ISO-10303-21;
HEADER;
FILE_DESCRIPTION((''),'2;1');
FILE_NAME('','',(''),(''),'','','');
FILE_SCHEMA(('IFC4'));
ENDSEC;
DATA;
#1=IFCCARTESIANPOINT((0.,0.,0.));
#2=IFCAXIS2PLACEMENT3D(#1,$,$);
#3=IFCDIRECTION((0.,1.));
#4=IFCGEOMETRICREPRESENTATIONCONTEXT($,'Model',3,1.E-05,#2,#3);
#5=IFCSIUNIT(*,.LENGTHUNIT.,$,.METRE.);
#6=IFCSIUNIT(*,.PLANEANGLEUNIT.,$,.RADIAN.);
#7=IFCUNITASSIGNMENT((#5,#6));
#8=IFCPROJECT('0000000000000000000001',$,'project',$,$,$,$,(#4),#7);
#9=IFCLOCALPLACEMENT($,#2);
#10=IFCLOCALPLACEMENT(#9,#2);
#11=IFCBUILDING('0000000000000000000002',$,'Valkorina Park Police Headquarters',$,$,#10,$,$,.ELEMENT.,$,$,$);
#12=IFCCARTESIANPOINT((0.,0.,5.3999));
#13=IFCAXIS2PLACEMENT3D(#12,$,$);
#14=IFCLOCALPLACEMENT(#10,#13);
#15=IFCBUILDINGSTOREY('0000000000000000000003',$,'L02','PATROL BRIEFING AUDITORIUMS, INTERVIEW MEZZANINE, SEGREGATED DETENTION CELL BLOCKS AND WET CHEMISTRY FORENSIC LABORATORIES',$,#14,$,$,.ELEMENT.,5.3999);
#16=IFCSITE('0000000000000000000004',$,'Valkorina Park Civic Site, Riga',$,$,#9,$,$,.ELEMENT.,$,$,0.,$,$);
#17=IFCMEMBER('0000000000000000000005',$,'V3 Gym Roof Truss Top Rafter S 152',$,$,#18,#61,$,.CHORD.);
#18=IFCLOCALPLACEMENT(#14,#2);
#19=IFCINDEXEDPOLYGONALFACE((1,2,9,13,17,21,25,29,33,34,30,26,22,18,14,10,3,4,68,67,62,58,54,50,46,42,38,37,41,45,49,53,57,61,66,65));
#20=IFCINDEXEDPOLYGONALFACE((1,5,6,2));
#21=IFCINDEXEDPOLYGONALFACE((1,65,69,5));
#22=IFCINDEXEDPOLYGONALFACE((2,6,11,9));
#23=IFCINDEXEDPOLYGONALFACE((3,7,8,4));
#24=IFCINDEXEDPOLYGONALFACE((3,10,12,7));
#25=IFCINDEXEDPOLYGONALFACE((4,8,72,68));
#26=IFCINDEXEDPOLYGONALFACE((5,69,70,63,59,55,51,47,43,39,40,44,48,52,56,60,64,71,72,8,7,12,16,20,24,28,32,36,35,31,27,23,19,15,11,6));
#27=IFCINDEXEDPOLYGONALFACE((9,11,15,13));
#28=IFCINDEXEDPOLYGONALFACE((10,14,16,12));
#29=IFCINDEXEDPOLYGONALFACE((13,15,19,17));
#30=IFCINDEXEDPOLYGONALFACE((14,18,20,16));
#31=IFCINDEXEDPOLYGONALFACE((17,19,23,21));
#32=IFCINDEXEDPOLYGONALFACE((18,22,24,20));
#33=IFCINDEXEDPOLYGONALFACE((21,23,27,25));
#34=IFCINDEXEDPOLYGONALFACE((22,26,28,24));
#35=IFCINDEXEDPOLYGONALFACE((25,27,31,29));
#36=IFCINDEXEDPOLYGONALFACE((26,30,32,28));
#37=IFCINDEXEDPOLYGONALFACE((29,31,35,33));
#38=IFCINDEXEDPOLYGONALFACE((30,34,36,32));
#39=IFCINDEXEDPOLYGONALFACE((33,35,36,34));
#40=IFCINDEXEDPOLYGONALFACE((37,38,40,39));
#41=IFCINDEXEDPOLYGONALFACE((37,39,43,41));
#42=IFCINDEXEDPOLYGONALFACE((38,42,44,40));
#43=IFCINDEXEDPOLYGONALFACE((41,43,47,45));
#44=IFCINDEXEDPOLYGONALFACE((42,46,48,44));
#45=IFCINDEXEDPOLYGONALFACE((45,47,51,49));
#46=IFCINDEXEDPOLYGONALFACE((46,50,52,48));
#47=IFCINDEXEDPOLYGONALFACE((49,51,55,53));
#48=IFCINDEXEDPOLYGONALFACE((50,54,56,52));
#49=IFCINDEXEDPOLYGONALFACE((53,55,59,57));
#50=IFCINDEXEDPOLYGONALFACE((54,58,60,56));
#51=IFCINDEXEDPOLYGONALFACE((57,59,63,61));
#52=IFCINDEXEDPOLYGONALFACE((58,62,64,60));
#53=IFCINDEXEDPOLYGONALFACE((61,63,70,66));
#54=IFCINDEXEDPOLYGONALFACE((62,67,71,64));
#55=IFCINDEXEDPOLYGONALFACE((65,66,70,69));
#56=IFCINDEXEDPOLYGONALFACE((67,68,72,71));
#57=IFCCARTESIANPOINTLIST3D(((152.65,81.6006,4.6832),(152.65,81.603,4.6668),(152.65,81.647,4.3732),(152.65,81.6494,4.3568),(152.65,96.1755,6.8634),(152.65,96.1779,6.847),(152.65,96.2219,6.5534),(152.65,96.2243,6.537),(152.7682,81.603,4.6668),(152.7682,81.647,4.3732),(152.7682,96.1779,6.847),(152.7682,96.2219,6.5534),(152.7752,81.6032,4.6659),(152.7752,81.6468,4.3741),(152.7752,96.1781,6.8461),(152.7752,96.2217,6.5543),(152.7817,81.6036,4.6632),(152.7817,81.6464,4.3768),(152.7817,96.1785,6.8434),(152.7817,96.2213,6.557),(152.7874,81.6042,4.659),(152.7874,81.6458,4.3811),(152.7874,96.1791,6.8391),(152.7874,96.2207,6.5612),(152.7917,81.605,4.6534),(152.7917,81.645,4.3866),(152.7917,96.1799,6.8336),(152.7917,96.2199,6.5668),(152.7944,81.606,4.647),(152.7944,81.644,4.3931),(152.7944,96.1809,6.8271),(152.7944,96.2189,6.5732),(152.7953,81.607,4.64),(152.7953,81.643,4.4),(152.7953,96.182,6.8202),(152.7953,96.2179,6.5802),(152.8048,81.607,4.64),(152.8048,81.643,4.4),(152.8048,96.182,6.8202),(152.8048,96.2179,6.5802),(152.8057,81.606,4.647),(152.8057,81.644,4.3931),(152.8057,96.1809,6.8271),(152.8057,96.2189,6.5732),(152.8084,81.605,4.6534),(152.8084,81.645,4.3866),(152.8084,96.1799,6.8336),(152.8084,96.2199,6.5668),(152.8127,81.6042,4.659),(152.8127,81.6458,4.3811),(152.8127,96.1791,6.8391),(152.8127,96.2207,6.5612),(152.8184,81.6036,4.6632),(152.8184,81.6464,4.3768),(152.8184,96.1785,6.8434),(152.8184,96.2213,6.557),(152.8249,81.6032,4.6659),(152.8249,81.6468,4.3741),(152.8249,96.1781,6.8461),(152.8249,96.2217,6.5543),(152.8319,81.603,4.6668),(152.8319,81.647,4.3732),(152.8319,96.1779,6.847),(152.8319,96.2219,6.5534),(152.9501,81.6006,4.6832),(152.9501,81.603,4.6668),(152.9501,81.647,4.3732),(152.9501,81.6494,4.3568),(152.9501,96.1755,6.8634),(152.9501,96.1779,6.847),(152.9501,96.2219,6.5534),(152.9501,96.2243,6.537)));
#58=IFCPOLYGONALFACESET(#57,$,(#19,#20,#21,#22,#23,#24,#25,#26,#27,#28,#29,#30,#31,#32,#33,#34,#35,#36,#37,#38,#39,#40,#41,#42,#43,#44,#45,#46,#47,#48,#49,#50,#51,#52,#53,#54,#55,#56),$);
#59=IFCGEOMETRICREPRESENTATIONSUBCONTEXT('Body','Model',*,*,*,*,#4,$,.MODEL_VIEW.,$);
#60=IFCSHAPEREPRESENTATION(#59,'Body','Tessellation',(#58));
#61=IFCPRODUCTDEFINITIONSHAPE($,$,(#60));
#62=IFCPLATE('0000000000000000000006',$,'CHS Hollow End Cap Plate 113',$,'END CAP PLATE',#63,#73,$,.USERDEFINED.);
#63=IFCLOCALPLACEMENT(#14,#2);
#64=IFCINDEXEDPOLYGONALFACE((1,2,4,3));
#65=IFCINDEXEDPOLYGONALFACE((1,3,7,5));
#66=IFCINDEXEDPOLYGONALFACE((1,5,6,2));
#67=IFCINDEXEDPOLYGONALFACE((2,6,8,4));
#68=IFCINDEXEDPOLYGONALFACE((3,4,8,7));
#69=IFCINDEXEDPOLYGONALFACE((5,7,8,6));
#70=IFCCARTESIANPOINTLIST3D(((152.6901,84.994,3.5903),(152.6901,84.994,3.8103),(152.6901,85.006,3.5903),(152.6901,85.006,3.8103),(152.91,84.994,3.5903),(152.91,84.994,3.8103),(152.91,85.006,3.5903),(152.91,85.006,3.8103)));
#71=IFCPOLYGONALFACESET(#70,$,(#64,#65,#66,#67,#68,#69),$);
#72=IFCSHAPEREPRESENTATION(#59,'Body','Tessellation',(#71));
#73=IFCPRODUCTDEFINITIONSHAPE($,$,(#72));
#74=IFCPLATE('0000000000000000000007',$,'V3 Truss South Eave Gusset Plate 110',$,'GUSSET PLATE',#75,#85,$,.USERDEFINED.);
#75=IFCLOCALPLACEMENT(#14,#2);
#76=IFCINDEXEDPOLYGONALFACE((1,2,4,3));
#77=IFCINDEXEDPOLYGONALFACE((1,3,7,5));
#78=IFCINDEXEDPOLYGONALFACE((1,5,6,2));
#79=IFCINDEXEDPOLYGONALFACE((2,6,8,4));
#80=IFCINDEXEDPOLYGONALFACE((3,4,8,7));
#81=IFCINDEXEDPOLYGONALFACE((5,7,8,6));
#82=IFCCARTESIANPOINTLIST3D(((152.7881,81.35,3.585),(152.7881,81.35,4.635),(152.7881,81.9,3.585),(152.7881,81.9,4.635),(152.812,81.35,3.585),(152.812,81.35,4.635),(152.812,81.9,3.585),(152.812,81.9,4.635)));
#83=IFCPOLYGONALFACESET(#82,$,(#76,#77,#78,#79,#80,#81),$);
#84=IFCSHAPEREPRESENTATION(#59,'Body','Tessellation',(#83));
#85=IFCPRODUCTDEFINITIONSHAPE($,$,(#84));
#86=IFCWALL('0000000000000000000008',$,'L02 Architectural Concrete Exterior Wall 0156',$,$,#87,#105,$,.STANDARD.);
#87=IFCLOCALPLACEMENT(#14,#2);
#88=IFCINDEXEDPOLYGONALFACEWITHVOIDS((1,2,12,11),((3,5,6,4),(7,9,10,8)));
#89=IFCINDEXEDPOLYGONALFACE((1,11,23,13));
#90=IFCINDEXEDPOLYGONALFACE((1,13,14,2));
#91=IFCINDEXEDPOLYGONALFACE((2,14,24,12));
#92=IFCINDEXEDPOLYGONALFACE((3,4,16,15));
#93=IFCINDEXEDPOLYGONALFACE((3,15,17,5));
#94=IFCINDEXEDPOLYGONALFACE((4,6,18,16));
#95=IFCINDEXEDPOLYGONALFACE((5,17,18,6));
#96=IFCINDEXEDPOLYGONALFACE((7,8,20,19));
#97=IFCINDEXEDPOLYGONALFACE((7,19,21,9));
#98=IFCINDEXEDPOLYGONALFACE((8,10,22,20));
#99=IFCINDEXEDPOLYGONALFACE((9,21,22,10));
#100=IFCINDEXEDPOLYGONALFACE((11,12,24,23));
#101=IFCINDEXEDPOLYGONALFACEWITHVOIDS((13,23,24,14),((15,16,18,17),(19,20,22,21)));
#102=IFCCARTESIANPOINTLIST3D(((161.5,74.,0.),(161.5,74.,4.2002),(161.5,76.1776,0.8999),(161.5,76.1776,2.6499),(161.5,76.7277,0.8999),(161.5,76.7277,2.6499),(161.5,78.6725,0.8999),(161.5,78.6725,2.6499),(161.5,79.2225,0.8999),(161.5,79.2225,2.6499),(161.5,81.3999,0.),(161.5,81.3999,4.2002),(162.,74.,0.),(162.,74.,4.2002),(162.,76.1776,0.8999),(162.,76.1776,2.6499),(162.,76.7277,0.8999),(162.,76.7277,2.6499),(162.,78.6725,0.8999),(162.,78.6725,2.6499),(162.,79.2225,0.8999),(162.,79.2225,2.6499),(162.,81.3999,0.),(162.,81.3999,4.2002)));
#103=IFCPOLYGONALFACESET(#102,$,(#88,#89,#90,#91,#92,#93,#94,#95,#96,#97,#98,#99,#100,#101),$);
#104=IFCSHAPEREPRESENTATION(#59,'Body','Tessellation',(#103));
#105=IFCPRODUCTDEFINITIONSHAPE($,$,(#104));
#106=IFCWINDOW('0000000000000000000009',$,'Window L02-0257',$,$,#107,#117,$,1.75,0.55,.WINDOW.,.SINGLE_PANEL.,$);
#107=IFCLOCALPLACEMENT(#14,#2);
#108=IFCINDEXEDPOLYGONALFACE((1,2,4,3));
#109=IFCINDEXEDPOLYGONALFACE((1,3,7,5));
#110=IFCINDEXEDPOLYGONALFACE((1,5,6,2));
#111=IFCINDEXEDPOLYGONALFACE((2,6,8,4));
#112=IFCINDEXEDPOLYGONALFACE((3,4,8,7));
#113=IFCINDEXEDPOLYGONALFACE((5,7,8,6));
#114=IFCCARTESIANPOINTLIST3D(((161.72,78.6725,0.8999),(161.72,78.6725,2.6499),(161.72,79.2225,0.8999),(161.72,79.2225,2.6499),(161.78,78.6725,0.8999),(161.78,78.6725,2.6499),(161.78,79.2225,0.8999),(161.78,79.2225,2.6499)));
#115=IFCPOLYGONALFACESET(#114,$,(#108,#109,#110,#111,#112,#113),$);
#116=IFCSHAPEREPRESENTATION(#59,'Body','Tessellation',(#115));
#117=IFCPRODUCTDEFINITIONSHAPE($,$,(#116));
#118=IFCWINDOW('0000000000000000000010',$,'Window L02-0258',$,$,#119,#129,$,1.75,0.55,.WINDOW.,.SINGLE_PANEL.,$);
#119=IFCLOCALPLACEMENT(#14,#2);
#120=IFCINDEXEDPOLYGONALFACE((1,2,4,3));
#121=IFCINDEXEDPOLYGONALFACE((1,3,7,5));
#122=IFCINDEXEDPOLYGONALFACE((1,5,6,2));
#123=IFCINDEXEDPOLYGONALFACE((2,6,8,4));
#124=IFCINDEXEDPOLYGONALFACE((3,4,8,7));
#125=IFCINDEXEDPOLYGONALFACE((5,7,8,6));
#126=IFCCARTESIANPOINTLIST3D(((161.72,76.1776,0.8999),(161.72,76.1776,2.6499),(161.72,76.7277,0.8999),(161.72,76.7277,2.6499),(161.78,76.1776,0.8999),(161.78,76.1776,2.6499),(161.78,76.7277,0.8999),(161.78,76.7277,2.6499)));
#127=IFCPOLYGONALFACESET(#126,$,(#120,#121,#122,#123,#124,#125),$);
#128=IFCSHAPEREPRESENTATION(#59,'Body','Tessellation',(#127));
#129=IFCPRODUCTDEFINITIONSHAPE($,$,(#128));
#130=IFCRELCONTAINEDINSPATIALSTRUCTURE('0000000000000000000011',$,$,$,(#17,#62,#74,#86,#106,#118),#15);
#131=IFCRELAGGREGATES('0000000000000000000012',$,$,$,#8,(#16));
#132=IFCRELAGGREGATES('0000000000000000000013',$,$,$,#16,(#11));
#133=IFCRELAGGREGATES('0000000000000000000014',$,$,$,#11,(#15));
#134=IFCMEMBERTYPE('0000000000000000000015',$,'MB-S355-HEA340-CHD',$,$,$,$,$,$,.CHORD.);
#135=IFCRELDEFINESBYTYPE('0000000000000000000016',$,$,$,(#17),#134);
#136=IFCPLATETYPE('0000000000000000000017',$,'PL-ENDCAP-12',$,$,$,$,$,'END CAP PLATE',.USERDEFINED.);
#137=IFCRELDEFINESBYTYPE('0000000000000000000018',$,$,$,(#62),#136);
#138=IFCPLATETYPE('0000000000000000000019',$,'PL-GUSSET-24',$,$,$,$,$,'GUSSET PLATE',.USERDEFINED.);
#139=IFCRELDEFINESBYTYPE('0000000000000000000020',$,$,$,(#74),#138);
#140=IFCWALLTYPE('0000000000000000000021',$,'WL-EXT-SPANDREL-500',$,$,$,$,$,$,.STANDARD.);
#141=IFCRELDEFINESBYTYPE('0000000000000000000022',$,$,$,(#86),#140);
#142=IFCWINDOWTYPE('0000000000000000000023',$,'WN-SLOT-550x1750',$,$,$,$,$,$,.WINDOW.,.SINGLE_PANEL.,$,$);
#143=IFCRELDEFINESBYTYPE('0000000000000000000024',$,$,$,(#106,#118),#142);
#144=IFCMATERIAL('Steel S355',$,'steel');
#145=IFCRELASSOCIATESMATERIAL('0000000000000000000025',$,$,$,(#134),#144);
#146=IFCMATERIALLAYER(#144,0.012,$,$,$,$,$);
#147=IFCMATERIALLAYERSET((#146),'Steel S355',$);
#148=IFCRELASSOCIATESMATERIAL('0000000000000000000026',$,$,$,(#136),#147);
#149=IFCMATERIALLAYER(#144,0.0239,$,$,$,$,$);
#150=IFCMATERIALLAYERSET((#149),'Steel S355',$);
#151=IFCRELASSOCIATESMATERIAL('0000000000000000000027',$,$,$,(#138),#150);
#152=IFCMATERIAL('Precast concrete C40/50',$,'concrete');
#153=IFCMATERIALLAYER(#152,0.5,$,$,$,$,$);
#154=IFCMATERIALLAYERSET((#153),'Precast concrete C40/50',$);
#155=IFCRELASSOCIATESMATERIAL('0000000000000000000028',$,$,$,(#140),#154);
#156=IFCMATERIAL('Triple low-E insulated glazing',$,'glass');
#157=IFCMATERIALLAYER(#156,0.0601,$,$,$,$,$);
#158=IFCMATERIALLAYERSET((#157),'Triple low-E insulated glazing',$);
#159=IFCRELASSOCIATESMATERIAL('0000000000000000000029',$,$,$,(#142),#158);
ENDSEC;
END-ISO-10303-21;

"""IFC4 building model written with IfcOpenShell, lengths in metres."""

from ifc_helpers import new_model, si_unit, direction, frame, frame_2d, origin, origin_2d, place, context, subcontext, project, spatial, rectangle, i_section, extrude, material, layer, layer_set, material_profile, profile_set, type_object, element, fill, save


model = new_model("IFC4")

# Units and contexts
model_context = context("Model", 3, precision=1e-05, world=origin(), true_north=direction((0.0, 1.0)))
body_context = subcontext(model_context, "Body", "Model", "MODEL_VIEW")
ifc_project = project(units=[si_unit("LENGTHUNIT", "METRE"), si_unit("PLANEANGLEUNIT", "RADIAN")], contexts=[model_context])

# Site, building, storey
site_placement = place(None, origin())
site = spatial("IfcSite", under=ifc_project, at=site_placement, Name="Valkorina Park Civic Site, Riga", CompositionType="ELEMENT", RefElevation=0.0)
building_placement = place(site_placement, origin())
building = spatial("IfcBuilding", under=site, at=building_placement, Name="Valkorina Park Police Headquarters", CompositionType="ELEMENT")
storey_placement = place(building_placement, frame((0.0, 0.0, 5.3999)))
storey = spatial("IfcBuildingStorey", under=building, at=storey_placement, Name="L02", Description="PATROL BRIEFING AUDITORIUMS, INTERVIEW MEZZANINE, SEGREGATED DETENTION CELL BLOCKS AND WET CHEMISTRY FORENSIC LABORATORIES", CompositionType="ELEMENT", Elevation=5.3999)

# Shared definitions
ifc_material_1 = material(Name="Steel S355", Category="steel")

# Member
ifc_material_profile_1 = material_profile(ifc_material_1, i_section(OverallWidth=0.3, OverallDepth=0.3301, WebThickness=0.0095, FlangeThickness=0.0166, FilletRadius=0.0271, at=origin_2d()), Name="HEA 340")
ifc_profile_set_1 = profile_set([ifc_material_profile_1], Name="Steel S355")
member_type_1 = type_object("IfcMemberType", Name="MB-S355-HEA340-CHD", PredefinedType="CHORD", material=ifc_profile_set_1)
member_1_placement = place(storey_placement, frame((152.8, 81.625, 4.52), z_axis=(0.0, 0.988997, 0.147938), x_axis=(-1.0, 0.0, 0.0)))
element("IfcMember", 1, at=member_1_placement, inside=storey, type_object=member_type_1, Name="V3 Gym Roof Truss Top Rafter S 152", PredefinedType="CHORD", context=body_context, shape_type="SweptSolid", body=[
    extrude(i_section(OverallWidth=0.3, OverallDepth=0.3301, WebThickness=0.0095, FlangeThickness=0.0166, FilletRadius=0.0271, at=origin_2d()), origin(), (0.0, 0.0, 1.0), 14.7371),
])

# Plates
ifc_layer_1 = layer(ifc_material_1, 0.012)
ifc_layer_set_1 = layer_set([ifc_layer_1], Name="Steel S355")
plate_type_1 = type_object("IfcPlateType", Name="PL-ENDCAP-12", ElementType="END CAP PLATE", PredefinedType="USERDEFINED", material=ifc_layer_set_1)
plate_1_placement = place(storey_placement, frame((152.8, 85.0, 3.5903), z_axis=(0.0, 0.0, 1.0), x_axis=(1.0, 0.0, 0.0)))
element("IfcPlate", 2, at=plate_1_placement, inside=storey, type_object=plate_type_1, Name="CHS Hollow End Cap Plate 113", ObjectType="END CAP PLATE", PredefinedType="USERDEFINED", context=body_context, shape_type="SweptSolid", body=[
    extrude(rectangle(XDim=0.22, YDim=0.012, at=origin_2d()), origin(), (0.0, 0.0, 1.0), 0.22),
])
ifc_layer_2 = layer(ifc_material_1, 0.0239)
ifc_layer_set_2 = layer_set([ifc_layer_2], Name="Steel S355")
plate_type_2 = type_object("IfcPlateType", Name="PL-GUSSET-24", ElementType="GUSSET PLATE", PredefinedType="USERDEFINED", material=ifc_layer_set_2)
plate_2_placement = place(storey_placement, frame((152.8, 81.625, 3.585), z_axis=(0.0, 0.0, 1.0), x_axis=(1.0, 0.0, 0.0)))
element("IfcPlate", 3, at=plate_2_placement, inside=storey, type_object=plate_type_2, Name="V3 Truss South Eave Gusset Plate 110", ObjectType="GUSSET PLATE", PredefinedType="USERDEFINED", context=body_context, shape_type="SweptSolid", body=[
    extrude(rectangle(XDim=0.0239, YDim=0.55, at=origin_2d()), origin(), (0.0, 0.0, 1.0), 1.05),
])

# Wall, openings, windows
ifc_material_2 = material(Name="Precast concrete C40/50", Category="concrete")
ifc_layer_3 = layer(ifc_material_2, 0.5)
ifc_layer_set_3 = layer_set([ifc_layer_3], Name="Precast concrete C40/50")
wall_type = type_object("IfcWallType", Name="WL-EXT-SPANDREL-500", PredefinedType="STANDARD", material=ifc_layer_set_3)
wall_1_placement = place(storey_placement, frame((161.75, 81.3999, 0.0), z_axis=(0.0, 0.0, 1.0), x_axis=(0.0, -1.0, 0.0)))
wall_1 = element("IfcWall", 4, at=wall_1_placement, inside=storey, type_object=wall_type, Name="L02 Architectural Concrete Exterior Wall 0156", PredefinedType="STANDARD", context=body_context, shape_type="SweptSolid", body=[
    extrude(rectangle(XDim=7.3999, YDim=0.5, at=frame_2d((3.7, 0.0))), origin(), (0.0, 0.0, 1.0), 4.2002),
])
opening_1_placement = place(wall_1_placement, frame((2.1775, 0.0, 0.8999)))
opening_1 = element("IfcOpeningElement", 5, at=opening_1_placement, cuts=wall_1, PredefinedType="OPENING", context=body_context, shape_type="SweptSolid", body=[
    extrude(rectangle(XDim=0.55, YDim=1.75, at=frame_2d((0.2749, 0.875))), frame((0.0, 0.26, 0.0), z_axis=(0.0, -1.0, 0.0), x_axis=(1.0, 0.0, 0.0)), (0.0, 0.0, 1.0), 0.52),
])
opening_2_placement = place(wall_1_placement, frame((4.6724, 0.0, 0.8999)))
opening_2 = element("IfcOpeningElement", 6, at=opening_2_placement, cuts=wall_1, PredefinedType="OPENING", context=body_context, shape_type="SweptSolid", body=[
    extrude(rectangle(XDim=0.55, YDim=1.75, at=frame_2d((0.2749, 0.875))), frame((0.0, 0.26, 0.0), z_axis=(0.0, -1.0, 0.0), x_axis=(1.0, 0.0, 0.0)), (0.0, 0.0, 1.0), 0.52),
])
ifc_material_3 = material(Name="Triple low-E insulated glazing", Category="glass")
ifc_layer_4 = layer(ifc_material_3, 0.0601)
ifc_layer_set_4 = layer_set([ifc_layer_4], Name="Triple low-E insulated glazing")
window_type_1 = type_object("IfcWindowType", Name="WN-SLOT-550x1750", PartitioningType="SINGLE_PANEL", PredefinedType="WINDOW", material=ifc_layer_set_4)
window_1_placement = place(opening_1_placement, origin())
window_1 = element("IfcWindow", 7, at=window_1_placement, inside=storey, type_object=window_type_1, Name="Window L02-0257", OverallHeight=1.75, OverallWidth=0.55, PartitioningType="SINGLE_PANEL", PredefinedType="WINDOW", context=body_context, shape_type="SweptSolid", body=[
    extrude(rectangle(XDim=0.55, YDim=1.75, at=frame_2d((0.2749, 0.875))), frame((0.0, 0.03, 0.0), z_axis=(0.0, -1.0, 0.0), x_axis=(1.0, 0.0, 0.0)), (0.0, 0.0, 1.0), 0.0601),
])
fill(opening_1, window_1)
window_2_placement = place(opening_2_placement, origin())
window_2 = element("IfcWindow", 8, at=window_2_placement, inside=storey, type_object=window_type_1, Name="Window L02-0258", OverallHeight=1.75, OverallWidth=0.55, PartitioningType="SINGLE_PANEL", PredefinedType="WINDOW", context=body_context, shape_type="SweptSolid", body=[
    extrude(rectangle(XDim=0.55, YDim=1.75, at=frame_2d((0.2749, 0.875))), frame((0.0, 0.03, 0.0), z_axis=(0.0, -1.0, 0.0), x_axis=(1.0, 0.0, 0.0)), (0.0, 0.0, 1.0), 0.0601),
])
fill(opening_2, window_2)

save(model, "model.ifc")
